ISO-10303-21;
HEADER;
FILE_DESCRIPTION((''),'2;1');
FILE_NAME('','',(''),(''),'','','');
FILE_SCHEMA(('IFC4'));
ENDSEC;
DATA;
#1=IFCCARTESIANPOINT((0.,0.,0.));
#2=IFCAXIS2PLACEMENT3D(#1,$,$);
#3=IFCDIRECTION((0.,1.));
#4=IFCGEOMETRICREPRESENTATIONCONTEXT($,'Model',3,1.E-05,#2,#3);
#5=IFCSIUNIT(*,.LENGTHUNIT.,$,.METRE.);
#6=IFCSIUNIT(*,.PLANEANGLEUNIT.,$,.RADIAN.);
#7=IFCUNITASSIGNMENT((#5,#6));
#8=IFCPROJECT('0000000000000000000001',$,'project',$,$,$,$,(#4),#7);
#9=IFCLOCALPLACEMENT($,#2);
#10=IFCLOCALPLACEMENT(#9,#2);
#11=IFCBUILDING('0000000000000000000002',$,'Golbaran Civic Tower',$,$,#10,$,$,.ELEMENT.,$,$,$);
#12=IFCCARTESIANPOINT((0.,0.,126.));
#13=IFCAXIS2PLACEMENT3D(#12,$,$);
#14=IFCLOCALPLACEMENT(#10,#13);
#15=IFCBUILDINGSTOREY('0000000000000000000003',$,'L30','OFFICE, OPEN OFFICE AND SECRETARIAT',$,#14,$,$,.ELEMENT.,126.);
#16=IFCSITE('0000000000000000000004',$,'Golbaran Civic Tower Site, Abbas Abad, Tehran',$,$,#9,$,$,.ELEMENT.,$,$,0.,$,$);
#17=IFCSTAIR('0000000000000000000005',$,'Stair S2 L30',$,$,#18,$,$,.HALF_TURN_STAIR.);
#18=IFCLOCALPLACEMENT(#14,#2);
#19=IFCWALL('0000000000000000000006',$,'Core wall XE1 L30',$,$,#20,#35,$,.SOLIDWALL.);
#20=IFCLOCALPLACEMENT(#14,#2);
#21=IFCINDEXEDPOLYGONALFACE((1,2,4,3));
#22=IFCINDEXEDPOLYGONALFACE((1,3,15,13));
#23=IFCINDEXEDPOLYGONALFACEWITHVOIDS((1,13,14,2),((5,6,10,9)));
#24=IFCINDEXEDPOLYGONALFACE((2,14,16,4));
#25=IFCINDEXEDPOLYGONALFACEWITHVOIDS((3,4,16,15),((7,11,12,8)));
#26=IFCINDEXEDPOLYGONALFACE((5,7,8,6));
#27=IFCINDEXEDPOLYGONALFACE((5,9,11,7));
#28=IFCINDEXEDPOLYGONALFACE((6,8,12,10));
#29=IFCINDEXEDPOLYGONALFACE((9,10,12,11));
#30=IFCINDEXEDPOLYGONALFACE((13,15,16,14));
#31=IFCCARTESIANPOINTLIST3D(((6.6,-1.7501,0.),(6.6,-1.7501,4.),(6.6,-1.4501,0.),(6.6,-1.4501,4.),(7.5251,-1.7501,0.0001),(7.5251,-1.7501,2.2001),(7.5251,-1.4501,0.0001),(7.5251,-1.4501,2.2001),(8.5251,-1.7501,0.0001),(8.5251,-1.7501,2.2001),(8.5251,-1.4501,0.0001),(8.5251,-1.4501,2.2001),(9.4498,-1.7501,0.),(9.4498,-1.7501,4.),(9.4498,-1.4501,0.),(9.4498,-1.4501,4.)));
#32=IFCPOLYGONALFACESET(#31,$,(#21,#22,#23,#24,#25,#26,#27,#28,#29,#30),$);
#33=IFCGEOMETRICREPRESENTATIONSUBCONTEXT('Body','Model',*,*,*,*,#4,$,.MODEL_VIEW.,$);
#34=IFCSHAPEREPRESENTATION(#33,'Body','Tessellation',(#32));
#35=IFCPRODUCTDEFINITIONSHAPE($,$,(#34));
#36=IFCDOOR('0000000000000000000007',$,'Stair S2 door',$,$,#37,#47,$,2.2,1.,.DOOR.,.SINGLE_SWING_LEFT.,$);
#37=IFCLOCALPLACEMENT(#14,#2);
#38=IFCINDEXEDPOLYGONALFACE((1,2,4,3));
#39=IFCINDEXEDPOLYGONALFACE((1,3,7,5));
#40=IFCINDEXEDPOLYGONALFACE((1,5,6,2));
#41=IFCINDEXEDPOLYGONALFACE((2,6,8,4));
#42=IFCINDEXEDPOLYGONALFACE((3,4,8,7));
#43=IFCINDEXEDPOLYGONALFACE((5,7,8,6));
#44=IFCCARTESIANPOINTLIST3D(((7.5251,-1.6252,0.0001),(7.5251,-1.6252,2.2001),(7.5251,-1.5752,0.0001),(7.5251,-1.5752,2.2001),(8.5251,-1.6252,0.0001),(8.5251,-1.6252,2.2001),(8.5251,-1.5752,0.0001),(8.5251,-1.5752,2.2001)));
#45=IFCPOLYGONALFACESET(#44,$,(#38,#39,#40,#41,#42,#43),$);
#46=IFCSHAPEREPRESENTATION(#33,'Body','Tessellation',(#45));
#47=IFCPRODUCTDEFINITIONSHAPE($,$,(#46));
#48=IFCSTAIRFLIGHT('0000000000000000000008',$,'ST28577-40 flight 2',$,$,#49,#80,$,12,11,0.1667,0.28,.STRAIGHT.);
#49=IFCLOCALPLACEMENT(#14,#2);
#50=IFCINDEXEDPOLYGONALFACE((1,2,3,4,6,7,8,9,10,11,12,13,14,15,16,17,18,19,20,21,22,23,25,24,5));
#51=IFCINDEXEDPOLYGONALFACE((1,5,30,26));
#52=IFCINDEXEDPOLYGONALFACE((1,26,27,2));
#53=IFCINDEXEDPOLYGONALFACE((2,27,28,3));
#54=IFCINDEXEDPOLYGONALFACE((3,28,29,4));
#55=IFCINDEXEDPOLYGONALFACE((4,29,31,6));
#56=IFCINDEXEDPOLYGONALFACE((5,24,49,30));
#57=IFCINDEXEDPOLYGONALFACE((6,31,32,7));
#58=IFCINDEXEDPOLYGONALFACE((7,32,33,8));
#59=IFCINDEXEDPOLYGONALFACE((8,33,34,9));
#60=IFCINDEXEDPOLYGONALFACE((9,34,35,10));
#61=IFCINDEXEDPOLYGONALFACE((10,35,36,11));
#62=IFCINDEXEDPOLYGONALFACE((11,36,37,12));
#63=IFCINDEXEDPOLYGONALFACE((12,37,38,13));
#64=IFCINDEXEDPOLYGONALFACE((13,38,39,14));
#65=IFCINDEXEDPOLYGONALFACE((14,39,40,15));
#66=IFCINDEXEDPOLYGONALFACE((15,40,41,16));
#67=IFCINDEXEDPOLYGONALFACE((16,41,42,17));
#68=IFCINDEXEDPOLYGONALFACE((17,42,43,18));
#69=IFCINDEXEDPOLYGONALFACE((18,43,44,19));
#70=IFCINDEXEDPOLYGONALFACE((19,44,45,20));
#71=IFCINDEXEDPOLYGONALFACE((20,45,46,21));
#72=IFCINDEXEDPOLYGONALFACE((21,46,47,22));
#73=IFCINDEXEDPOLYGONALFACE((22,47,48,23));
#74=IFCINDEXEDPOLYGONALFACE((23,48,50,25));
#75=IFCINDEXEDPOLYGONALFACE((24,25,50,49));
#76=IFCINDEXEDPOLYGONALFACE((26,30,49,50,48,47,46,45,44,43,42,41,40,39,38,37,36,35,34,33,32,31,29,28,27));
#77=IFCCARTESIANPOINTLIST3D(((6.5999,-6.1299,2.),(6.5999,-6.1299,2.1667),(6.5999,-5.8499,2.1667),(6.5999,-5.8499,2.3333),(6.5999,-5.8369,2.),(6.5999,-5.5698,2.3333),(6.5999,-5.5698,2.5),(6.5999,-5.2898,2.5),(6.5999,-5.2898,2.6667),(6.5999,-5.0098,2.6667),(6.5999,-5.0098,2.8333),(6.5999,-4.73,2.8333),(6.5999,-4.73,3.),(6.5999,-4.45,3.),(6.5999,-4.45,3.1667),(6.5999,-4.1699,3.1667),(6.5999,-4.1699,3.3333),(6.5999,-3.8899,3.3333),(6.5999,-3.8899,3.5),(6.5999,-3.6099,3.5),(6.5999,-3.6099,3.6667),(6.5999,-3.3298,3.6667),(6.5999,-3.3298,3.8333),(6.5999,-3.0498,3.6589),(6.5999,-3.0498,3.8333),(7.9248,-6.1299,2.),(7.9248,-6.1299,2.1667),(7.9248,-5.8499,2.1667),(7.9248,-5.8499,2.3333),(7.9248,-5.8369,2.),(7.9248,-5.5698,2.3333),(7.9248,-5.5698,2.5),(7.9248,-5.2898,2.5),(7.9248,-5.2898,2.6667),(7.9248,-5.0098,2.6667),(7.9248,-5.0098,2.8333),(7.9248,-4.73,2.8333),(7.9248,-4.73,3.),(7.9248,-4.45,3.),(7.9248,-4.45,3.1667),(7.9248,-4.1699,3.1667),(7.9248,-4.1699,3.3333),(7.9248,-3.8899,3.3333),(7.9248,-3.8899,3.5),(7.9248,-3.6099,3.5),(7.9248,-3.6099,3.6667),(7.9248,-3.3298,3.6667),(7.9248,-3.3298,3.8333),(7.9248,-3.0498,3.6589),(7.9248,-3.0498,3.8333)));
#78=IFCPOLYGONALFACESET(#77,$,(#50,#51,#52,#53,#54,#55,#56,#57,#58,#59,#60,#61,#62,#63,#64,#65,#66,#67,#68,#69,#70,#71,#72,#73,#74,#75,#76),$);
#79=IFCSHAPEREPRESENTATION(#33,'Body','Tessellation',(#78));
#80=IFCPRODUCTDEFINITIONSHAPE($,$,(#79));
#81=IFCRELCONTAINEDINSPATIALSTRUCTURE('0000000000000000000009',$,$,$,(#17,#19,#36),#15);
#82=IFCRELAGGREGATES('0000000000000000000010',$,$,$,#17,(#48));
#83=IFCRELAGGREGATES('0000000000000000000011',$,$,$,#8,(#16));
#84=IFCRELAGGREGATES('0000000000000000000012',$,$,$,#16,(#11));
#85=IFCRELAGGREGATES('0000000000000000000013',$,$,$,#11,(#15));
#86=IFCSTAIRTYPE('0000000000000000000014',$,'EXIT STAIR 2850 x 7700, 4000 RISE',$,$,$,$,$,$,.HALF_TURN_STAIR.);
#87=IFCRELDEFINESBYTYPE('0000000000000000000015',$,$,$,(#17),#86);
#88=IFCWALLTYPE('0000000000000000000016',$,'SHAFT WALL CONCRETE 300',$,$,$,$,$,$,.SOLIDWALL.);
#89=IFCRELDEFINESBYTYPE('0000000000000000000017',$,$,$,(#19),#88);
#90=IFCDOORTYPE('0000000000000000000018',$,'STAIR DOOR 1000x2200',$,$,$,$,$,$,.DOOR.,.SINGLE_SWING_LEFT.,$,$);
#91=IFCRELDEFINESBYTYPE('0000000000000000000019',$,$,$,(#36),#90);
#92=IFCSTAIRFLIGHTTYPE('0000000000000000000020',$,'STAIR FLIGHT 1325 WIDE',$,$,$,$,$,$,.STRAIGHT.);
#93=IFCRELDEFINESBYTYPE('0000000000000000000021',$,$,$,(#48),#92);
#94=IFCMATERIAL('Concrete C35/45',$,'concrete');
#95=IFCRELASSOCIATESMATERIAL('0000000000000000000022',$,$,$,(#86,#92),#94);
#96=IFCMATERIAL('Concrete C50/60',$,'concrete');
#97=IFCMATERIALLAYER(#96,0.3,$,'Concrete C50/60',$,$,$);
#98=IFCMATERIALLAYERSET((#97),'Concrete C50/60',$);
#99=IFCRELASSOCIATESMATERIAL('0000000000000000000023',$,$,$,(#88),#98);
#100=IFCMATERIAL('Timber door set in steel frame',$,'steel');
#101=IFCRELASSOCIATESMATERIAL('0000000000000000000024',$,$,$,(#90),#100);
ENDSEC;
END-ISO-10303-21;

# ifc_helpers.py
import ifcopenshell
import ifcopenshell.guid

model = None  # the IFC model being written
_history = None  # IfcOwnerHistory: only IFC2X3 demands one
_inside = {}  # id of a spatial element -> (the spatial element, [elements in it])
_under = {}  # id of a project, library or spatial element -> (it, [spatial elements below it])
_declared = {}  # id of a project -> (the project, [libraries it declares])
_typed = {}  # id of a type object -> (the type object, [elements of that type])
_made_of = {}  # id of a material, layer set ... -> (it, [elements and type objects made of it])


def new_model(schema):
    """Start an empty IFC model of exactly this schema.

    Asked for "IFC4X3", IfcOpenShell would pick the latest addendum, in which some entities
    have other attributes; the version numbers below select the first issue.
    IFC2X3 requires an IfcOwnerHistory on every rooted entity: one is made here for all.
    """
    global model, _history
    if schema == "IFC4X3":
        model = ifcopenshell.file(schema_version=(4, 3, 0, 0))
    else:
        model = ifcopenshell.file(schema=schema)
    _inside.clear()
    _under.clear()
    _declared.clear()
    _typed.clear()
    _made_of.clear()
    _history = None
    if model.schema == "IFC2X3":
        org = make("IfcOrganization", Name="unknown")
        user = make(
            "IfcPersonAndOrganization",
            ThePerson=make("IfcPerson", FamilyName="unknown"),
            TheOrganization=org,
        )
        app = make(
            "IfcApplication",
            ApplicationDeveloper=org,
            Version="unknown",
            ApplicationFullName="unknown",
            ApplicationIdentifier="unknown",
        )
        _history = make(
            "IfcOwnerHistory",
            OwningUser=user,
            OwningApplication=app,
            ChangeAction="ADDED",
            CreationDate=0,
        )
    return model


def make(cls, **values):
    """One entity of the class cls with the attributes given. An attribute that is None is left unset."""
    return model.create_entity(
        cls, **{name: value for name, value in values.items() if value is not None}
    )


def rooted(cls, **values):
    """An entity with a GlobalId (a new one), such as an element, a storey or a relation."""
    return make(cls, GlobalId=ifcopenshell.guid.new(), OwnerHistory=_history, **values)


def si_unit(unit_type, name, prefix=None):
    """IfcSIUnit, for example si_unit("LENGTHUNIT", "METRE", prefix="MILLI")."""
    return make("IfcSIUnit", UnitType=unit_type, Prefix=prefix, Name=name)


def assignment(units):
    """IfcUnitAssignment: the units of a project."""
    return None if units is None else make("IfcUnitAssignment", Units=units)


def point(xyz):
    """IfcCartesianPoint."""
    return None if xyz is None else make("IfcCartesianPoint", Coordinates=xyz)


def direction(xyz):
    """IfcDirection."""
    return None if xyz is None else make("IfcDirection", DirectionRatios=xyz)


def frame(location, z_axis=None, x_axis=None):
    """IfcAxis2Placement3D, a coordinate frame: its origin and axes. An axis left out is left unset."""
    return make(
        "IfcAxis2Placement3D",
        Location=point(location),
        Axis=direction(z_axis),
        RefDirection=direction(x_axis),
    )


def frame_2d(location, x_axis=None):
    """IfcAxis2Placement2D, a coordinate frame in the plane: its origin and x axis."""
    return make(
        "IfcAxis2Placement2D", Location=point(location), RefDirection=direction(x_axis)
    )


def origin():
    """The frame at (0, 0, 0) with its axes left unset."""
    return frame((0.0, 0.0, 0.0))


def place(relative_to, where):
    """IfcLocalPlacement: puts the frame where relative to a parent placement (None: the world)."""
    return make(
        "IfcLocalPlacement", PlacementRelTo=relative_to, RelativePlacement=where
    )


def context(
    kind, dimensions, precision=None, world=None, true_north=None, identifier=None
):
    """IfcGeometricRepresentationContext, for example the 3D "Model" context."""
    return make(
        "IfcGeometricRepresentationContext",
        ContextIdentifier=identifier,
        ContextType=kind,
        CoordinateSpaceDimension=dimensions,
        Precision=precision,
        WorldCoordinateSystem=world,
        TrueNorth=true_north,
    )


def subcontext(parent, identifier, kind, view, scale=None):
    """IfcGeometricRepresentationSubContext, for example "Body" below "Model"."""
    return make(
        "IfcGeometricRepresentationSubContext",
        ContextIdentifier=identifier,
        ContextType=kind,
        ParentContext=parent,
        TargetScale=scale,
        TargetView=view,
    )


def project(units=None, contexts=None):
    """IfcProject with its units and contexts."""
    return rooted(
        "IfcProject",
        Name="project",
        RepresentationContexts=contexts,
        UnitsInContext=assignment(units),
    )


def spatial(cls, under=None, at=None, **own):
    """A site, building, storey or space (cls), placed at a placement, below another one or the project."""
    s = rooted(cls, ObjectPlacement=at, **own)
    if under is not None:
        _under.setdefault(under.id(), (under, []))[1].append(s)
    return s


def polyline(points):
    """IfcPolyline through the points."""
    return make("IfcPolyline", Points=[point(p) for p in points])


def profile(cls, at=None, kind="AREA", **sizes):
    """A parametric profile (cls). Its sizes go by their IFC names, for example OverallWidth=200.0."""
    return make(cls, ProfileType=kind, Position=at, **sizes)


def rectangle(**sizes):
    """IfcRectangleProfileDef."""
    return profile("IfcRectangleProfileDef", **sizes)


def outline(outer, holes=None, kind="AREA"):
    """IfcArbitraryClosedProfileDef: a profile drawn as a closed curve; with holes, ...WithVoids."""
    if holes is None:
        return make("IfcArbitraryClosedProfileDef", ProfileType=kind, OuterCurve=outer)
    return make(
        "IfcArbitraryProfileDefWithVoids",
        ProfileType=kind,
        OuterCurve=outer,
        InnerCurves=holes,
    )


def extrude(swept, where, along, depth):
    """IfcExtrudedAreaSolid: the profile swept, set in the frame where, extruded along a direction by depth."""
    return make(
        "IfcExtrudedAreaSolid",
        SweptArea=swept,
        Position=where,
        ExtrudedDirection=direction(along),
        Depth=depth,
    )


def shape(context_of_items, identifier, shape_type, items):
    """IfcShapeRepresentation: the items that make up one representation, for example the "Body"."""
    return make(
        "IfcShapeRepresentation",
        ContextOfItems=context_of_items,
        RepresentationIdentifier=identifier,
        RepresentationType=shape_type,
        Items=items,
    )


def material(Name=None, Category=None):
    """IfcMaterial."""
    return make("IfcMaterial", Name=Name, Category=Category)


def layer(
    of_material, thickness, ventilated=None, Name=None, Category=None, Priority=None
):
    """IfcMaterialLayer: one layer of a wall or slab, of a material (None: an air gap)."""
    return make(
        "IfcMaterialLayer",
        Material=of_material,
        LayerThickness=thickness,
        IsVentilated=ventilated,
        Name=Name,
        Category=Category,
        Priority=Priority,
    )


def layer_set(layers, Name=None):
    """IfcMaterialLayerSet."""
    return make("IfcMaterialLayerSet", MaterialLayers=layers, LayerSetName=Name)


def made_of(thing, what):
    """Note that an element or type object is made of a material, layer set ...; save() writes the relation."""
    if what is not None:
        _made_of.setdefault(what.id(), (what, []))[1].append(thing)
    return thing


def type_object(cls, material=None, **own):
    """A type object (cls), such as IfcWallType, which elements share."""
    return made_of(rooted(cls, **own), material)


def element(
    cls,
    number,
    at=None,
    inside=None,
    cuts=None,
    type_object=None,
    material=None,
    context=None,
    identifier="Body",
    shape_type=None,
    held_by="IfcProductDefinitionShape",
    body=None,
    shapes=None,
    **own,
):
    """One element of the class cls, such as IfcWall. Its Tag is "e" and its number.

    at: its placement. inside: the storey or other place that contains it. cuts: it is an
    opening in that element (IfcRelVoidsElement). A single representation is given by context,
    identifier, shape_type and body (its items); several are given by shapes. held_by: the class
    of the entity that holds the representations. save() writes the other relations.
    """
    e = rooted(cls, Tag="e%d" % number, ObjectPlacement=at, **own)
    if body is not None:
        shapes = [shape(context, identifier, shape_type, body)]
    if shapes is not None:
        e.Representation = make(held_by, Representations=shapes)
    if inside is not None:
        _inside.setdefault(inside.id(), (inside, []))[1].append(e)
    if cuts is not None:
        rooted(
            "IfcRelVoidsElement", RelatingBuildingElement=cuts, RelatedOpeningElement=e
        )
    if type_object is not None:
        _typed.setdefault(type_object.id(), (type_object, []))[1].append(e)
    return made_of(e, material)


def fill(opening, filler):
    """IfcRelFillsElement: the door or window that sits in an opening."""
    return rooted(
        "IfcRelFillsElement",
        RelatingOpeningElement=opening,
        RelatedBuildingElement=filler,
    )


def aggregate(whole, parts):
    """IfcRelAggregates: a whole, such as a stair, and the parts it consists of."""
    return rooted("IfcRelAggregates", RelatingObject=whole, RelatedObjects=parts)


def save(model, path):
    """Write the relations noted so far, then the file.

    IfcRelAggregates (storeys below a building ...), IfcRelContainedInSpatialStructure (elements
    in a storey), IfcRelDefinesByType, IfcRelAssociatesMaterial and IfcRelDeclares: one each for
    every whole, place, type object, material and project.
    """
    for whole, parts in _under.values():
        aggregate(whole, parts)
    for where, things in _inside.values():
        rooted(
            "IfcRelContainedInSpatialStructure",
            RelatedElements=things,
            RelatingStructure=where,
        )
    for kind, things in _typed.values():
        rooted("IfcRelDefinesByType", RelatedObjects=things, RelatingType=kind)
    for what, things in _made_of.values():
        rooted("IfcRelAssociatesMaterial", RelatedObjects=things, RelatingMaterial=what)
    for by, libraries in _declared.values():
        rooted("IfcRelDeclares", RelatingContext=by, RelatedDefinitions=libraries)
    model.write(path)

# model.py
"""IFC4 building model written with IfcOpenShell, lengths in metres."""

from ifc_helpers import new_model, si_unit, direction, frame, frame_2d, origin, place, context, subcontext, project, spatial, polyline, rectangle, outline, extrude, material, layer, layer_set, type_object, element, fill, aggregate, save


model = new_model("IFC4")

# Units and contexts
model_context = context("Model", 3, precision=1e-05, world=origin(), true_north=direction((0.0, 1.0)))
body_context = subcontext(model_context, "Body", "Model", "MODEL_VIEW")
ifc_project = project(units=[si_unit("LENGTHUNIT", "METRE"), si_unit("PLANEANGLEUNIT", "RADIAN")], contexts=[model_context])

# Site, building, storey
site_placement = place(None, origin())
site = spatial("IfcSite", under=ifc_project, at=site_placement, Name="Golbaran Civic Tower Site, Abbas Abad, Tehran", CompositionType="ELEMENT", RefElevation=0.0)
building_placement = place(site_placement, origin())
building = spatial("IfcBuilding", under=site, at=building_placement, Name="Golbaran Civic Tower", CompositionType="ELEMENT")
storey_placement = place(building_placement, frame((0.0, 0.0, 126.0)))
storey = spatial("IfcBuildingStorey", under=building, at=storey_placement, Name="L30", Description="OFFICE, OPEN OFFICE AND SECRETARIAT", CompositionType="ELEMENT", Elevation=126.0)

# Shared definitions
ifc_material_1 = material(Name="Concrete C35/45", Category="concrete")

# Stair
stair_type = type_object("IfcStairType", Name="EXIT STAIR 2850 x 7700, 4000 RISE", PredefinedType="HALF_TURN_STAIR", material=ifc_material_1)
stair_placement = place(storey_placement, origin())
stair = element("IfcStair", 1, at=stair_placement, inside=storey, type_object=stair_type, Name="Stair S2 L30", PredefinedType="HALF_TURN_STAIR")

# Shared definitions
ifc_material_2 = material(Name="Timber door set in steel frame", Category="steel")

# Shared definitions
ifc_material_3 = material(Name="Concrete C50/60", Category="concrete")
ifc_layer_1 = layer(ifc_material_3, 0.3, Name="Concrete C50/60")
ifc_layer_set_1 = layer_set([ifc_layer_1], Name="Concrete C50/60")
wall_type_1 = type_object("IfcWallType", Name="SHAFT WALL CONCRETE 300", PredefinedType="SOLIDWALL", material=ifc_layer_set_1)

# Shared definitions
door_type_1 = type_object("IfcDoorType", Name="STAIR DOOR 1000x2200", OperationType="SINGLE_SWING_LEFT", PredefinedType="DOOR", material=ifc_material_2)

# Wall, opening, door
wall_1_placement = place(storey_placement, frame((6.6001, -1.6001, 0.0), z_axis=(0.0, 0.0, 1.0), x_axis=(1.0, 0.0, 0.0)))
wall_1 = element("IfcWall", 2, at=wall_1_placement, inside=storey, type_object=wall_type_1, Name="Core wall XE1 L30", PredefinedType="SOLIDWALL", context=body_context, shape_type="SweptSolid", body=[
    extrude(rectangle(XDim=2.8499, YDim=0.3, at=frame_2d((1.4248, 0.0))), origin(), (0.0, 0.0, 1.0), 4.0),
])
opening_1_placement = place(wall_1_placement, frame((0.925, 0.0, 0.0)))
opening_1 = element("IfcOpeningElement", 3, at=opening_1_placement, cuts=wall_1, PredefinedType="OPENING", context=body_context, shape_type="SweptSolid", body=[
    extrude(rectangle(XDim=1.0, YDim=2.2, at=frame_2d((0.5, 1.1001))), frame((0.0, 0.1599, 0.0), z_axis=(0.0, -1.0, 0.0), x_axis=(1.0, 0.0, 0.0)), (0.0, 0.0, 1.0), 0.3201),
])
door_1_placement = place(opening_1_placement, origin())
door_1 = element("IfcDoor", 4, at=door_1_placement, inside=storey, type_object=door_type_1, Name="Stair S2 door", OperationType="SINGLE_SWING_LEFT", OverallHeight=2.2, OverallWidth=1.0, PredefinedType="DOOR", context=body_context, shape_type="SweptSolid", body=[
    extrude(rectangle(XDim=1.0, YDim=2.2, at=frame_2d((0.5, 1.1001))), frame((0.0, 0.0249, 0.0), z_axis=(0.0, -1.0, 0.0), x_axis=(1.0, 0.0, 0.0)), (0.0, 0.0, 1.0), 0.05),
])
fill(opening_1, door_1)

# Stair flight
stair_flight_type = type_object("IfcStairFlightType", Name="STAIR FLIGHT 1325 WIDE", PredefinedType="STRAIGHT", material=ifc_material_1)
stair_flight_placement = place(storey_placement, frame((7.2625, -6.1299, 2.0), z_axis=(0.0, 0.0, 1.0), x_axis=(0.0, 1.0, 0.0)))
stair_flight = element("IfcStairFlight", 5, at=stair_flight_placement, type_object=stair_flight_type, Name="ST28577-40 flight 2", NumberOfRisers=12, NumberOfTreads=11, PredefinedType="STRAIGHT", RiserHeight=0.1667, TreadLength=0.28, context=body_context, shape_type="SweptSolid", body=[
    extrude(outline(polyline([(0.0, 0.0), (0.0, 0.1667), (0.28, 0.1667), (0.28, 0.3333), (0.5601, 0.3333), (0.5601, 0.5), (0.8401, 0.5), (0.8401, 0.6667), (1.1201, 0.6667), (1.1201, 0.8333), (1.3999, 0.8333), (1.3999, 1.0), (1.6799, 1.0), (1.6799, 1.1667), (1.96, 1.1667), (1.96, 1.3333), (2.24, 1.3333), (2.24, 1.5), (2.52, 1.5), (2.52, 1.6667), (2.8, 1.6667), (2.8, 1.8333), (3.0801, 1.8333), (3.0801, 2.0), (3.0801, 1.6589), (0.293, 0.0), (0.0, 0.0)])), frame((0.0, 0.6626, 0.0), z_axis=(0.0, -1.0, 0.0), x_axis=(1.0, 0.0, 0.0)), (0.0, 0.0, 1.0), 1.325),
])
aggregate(stair, [stair_flight])

save(model, "model.ifc")
